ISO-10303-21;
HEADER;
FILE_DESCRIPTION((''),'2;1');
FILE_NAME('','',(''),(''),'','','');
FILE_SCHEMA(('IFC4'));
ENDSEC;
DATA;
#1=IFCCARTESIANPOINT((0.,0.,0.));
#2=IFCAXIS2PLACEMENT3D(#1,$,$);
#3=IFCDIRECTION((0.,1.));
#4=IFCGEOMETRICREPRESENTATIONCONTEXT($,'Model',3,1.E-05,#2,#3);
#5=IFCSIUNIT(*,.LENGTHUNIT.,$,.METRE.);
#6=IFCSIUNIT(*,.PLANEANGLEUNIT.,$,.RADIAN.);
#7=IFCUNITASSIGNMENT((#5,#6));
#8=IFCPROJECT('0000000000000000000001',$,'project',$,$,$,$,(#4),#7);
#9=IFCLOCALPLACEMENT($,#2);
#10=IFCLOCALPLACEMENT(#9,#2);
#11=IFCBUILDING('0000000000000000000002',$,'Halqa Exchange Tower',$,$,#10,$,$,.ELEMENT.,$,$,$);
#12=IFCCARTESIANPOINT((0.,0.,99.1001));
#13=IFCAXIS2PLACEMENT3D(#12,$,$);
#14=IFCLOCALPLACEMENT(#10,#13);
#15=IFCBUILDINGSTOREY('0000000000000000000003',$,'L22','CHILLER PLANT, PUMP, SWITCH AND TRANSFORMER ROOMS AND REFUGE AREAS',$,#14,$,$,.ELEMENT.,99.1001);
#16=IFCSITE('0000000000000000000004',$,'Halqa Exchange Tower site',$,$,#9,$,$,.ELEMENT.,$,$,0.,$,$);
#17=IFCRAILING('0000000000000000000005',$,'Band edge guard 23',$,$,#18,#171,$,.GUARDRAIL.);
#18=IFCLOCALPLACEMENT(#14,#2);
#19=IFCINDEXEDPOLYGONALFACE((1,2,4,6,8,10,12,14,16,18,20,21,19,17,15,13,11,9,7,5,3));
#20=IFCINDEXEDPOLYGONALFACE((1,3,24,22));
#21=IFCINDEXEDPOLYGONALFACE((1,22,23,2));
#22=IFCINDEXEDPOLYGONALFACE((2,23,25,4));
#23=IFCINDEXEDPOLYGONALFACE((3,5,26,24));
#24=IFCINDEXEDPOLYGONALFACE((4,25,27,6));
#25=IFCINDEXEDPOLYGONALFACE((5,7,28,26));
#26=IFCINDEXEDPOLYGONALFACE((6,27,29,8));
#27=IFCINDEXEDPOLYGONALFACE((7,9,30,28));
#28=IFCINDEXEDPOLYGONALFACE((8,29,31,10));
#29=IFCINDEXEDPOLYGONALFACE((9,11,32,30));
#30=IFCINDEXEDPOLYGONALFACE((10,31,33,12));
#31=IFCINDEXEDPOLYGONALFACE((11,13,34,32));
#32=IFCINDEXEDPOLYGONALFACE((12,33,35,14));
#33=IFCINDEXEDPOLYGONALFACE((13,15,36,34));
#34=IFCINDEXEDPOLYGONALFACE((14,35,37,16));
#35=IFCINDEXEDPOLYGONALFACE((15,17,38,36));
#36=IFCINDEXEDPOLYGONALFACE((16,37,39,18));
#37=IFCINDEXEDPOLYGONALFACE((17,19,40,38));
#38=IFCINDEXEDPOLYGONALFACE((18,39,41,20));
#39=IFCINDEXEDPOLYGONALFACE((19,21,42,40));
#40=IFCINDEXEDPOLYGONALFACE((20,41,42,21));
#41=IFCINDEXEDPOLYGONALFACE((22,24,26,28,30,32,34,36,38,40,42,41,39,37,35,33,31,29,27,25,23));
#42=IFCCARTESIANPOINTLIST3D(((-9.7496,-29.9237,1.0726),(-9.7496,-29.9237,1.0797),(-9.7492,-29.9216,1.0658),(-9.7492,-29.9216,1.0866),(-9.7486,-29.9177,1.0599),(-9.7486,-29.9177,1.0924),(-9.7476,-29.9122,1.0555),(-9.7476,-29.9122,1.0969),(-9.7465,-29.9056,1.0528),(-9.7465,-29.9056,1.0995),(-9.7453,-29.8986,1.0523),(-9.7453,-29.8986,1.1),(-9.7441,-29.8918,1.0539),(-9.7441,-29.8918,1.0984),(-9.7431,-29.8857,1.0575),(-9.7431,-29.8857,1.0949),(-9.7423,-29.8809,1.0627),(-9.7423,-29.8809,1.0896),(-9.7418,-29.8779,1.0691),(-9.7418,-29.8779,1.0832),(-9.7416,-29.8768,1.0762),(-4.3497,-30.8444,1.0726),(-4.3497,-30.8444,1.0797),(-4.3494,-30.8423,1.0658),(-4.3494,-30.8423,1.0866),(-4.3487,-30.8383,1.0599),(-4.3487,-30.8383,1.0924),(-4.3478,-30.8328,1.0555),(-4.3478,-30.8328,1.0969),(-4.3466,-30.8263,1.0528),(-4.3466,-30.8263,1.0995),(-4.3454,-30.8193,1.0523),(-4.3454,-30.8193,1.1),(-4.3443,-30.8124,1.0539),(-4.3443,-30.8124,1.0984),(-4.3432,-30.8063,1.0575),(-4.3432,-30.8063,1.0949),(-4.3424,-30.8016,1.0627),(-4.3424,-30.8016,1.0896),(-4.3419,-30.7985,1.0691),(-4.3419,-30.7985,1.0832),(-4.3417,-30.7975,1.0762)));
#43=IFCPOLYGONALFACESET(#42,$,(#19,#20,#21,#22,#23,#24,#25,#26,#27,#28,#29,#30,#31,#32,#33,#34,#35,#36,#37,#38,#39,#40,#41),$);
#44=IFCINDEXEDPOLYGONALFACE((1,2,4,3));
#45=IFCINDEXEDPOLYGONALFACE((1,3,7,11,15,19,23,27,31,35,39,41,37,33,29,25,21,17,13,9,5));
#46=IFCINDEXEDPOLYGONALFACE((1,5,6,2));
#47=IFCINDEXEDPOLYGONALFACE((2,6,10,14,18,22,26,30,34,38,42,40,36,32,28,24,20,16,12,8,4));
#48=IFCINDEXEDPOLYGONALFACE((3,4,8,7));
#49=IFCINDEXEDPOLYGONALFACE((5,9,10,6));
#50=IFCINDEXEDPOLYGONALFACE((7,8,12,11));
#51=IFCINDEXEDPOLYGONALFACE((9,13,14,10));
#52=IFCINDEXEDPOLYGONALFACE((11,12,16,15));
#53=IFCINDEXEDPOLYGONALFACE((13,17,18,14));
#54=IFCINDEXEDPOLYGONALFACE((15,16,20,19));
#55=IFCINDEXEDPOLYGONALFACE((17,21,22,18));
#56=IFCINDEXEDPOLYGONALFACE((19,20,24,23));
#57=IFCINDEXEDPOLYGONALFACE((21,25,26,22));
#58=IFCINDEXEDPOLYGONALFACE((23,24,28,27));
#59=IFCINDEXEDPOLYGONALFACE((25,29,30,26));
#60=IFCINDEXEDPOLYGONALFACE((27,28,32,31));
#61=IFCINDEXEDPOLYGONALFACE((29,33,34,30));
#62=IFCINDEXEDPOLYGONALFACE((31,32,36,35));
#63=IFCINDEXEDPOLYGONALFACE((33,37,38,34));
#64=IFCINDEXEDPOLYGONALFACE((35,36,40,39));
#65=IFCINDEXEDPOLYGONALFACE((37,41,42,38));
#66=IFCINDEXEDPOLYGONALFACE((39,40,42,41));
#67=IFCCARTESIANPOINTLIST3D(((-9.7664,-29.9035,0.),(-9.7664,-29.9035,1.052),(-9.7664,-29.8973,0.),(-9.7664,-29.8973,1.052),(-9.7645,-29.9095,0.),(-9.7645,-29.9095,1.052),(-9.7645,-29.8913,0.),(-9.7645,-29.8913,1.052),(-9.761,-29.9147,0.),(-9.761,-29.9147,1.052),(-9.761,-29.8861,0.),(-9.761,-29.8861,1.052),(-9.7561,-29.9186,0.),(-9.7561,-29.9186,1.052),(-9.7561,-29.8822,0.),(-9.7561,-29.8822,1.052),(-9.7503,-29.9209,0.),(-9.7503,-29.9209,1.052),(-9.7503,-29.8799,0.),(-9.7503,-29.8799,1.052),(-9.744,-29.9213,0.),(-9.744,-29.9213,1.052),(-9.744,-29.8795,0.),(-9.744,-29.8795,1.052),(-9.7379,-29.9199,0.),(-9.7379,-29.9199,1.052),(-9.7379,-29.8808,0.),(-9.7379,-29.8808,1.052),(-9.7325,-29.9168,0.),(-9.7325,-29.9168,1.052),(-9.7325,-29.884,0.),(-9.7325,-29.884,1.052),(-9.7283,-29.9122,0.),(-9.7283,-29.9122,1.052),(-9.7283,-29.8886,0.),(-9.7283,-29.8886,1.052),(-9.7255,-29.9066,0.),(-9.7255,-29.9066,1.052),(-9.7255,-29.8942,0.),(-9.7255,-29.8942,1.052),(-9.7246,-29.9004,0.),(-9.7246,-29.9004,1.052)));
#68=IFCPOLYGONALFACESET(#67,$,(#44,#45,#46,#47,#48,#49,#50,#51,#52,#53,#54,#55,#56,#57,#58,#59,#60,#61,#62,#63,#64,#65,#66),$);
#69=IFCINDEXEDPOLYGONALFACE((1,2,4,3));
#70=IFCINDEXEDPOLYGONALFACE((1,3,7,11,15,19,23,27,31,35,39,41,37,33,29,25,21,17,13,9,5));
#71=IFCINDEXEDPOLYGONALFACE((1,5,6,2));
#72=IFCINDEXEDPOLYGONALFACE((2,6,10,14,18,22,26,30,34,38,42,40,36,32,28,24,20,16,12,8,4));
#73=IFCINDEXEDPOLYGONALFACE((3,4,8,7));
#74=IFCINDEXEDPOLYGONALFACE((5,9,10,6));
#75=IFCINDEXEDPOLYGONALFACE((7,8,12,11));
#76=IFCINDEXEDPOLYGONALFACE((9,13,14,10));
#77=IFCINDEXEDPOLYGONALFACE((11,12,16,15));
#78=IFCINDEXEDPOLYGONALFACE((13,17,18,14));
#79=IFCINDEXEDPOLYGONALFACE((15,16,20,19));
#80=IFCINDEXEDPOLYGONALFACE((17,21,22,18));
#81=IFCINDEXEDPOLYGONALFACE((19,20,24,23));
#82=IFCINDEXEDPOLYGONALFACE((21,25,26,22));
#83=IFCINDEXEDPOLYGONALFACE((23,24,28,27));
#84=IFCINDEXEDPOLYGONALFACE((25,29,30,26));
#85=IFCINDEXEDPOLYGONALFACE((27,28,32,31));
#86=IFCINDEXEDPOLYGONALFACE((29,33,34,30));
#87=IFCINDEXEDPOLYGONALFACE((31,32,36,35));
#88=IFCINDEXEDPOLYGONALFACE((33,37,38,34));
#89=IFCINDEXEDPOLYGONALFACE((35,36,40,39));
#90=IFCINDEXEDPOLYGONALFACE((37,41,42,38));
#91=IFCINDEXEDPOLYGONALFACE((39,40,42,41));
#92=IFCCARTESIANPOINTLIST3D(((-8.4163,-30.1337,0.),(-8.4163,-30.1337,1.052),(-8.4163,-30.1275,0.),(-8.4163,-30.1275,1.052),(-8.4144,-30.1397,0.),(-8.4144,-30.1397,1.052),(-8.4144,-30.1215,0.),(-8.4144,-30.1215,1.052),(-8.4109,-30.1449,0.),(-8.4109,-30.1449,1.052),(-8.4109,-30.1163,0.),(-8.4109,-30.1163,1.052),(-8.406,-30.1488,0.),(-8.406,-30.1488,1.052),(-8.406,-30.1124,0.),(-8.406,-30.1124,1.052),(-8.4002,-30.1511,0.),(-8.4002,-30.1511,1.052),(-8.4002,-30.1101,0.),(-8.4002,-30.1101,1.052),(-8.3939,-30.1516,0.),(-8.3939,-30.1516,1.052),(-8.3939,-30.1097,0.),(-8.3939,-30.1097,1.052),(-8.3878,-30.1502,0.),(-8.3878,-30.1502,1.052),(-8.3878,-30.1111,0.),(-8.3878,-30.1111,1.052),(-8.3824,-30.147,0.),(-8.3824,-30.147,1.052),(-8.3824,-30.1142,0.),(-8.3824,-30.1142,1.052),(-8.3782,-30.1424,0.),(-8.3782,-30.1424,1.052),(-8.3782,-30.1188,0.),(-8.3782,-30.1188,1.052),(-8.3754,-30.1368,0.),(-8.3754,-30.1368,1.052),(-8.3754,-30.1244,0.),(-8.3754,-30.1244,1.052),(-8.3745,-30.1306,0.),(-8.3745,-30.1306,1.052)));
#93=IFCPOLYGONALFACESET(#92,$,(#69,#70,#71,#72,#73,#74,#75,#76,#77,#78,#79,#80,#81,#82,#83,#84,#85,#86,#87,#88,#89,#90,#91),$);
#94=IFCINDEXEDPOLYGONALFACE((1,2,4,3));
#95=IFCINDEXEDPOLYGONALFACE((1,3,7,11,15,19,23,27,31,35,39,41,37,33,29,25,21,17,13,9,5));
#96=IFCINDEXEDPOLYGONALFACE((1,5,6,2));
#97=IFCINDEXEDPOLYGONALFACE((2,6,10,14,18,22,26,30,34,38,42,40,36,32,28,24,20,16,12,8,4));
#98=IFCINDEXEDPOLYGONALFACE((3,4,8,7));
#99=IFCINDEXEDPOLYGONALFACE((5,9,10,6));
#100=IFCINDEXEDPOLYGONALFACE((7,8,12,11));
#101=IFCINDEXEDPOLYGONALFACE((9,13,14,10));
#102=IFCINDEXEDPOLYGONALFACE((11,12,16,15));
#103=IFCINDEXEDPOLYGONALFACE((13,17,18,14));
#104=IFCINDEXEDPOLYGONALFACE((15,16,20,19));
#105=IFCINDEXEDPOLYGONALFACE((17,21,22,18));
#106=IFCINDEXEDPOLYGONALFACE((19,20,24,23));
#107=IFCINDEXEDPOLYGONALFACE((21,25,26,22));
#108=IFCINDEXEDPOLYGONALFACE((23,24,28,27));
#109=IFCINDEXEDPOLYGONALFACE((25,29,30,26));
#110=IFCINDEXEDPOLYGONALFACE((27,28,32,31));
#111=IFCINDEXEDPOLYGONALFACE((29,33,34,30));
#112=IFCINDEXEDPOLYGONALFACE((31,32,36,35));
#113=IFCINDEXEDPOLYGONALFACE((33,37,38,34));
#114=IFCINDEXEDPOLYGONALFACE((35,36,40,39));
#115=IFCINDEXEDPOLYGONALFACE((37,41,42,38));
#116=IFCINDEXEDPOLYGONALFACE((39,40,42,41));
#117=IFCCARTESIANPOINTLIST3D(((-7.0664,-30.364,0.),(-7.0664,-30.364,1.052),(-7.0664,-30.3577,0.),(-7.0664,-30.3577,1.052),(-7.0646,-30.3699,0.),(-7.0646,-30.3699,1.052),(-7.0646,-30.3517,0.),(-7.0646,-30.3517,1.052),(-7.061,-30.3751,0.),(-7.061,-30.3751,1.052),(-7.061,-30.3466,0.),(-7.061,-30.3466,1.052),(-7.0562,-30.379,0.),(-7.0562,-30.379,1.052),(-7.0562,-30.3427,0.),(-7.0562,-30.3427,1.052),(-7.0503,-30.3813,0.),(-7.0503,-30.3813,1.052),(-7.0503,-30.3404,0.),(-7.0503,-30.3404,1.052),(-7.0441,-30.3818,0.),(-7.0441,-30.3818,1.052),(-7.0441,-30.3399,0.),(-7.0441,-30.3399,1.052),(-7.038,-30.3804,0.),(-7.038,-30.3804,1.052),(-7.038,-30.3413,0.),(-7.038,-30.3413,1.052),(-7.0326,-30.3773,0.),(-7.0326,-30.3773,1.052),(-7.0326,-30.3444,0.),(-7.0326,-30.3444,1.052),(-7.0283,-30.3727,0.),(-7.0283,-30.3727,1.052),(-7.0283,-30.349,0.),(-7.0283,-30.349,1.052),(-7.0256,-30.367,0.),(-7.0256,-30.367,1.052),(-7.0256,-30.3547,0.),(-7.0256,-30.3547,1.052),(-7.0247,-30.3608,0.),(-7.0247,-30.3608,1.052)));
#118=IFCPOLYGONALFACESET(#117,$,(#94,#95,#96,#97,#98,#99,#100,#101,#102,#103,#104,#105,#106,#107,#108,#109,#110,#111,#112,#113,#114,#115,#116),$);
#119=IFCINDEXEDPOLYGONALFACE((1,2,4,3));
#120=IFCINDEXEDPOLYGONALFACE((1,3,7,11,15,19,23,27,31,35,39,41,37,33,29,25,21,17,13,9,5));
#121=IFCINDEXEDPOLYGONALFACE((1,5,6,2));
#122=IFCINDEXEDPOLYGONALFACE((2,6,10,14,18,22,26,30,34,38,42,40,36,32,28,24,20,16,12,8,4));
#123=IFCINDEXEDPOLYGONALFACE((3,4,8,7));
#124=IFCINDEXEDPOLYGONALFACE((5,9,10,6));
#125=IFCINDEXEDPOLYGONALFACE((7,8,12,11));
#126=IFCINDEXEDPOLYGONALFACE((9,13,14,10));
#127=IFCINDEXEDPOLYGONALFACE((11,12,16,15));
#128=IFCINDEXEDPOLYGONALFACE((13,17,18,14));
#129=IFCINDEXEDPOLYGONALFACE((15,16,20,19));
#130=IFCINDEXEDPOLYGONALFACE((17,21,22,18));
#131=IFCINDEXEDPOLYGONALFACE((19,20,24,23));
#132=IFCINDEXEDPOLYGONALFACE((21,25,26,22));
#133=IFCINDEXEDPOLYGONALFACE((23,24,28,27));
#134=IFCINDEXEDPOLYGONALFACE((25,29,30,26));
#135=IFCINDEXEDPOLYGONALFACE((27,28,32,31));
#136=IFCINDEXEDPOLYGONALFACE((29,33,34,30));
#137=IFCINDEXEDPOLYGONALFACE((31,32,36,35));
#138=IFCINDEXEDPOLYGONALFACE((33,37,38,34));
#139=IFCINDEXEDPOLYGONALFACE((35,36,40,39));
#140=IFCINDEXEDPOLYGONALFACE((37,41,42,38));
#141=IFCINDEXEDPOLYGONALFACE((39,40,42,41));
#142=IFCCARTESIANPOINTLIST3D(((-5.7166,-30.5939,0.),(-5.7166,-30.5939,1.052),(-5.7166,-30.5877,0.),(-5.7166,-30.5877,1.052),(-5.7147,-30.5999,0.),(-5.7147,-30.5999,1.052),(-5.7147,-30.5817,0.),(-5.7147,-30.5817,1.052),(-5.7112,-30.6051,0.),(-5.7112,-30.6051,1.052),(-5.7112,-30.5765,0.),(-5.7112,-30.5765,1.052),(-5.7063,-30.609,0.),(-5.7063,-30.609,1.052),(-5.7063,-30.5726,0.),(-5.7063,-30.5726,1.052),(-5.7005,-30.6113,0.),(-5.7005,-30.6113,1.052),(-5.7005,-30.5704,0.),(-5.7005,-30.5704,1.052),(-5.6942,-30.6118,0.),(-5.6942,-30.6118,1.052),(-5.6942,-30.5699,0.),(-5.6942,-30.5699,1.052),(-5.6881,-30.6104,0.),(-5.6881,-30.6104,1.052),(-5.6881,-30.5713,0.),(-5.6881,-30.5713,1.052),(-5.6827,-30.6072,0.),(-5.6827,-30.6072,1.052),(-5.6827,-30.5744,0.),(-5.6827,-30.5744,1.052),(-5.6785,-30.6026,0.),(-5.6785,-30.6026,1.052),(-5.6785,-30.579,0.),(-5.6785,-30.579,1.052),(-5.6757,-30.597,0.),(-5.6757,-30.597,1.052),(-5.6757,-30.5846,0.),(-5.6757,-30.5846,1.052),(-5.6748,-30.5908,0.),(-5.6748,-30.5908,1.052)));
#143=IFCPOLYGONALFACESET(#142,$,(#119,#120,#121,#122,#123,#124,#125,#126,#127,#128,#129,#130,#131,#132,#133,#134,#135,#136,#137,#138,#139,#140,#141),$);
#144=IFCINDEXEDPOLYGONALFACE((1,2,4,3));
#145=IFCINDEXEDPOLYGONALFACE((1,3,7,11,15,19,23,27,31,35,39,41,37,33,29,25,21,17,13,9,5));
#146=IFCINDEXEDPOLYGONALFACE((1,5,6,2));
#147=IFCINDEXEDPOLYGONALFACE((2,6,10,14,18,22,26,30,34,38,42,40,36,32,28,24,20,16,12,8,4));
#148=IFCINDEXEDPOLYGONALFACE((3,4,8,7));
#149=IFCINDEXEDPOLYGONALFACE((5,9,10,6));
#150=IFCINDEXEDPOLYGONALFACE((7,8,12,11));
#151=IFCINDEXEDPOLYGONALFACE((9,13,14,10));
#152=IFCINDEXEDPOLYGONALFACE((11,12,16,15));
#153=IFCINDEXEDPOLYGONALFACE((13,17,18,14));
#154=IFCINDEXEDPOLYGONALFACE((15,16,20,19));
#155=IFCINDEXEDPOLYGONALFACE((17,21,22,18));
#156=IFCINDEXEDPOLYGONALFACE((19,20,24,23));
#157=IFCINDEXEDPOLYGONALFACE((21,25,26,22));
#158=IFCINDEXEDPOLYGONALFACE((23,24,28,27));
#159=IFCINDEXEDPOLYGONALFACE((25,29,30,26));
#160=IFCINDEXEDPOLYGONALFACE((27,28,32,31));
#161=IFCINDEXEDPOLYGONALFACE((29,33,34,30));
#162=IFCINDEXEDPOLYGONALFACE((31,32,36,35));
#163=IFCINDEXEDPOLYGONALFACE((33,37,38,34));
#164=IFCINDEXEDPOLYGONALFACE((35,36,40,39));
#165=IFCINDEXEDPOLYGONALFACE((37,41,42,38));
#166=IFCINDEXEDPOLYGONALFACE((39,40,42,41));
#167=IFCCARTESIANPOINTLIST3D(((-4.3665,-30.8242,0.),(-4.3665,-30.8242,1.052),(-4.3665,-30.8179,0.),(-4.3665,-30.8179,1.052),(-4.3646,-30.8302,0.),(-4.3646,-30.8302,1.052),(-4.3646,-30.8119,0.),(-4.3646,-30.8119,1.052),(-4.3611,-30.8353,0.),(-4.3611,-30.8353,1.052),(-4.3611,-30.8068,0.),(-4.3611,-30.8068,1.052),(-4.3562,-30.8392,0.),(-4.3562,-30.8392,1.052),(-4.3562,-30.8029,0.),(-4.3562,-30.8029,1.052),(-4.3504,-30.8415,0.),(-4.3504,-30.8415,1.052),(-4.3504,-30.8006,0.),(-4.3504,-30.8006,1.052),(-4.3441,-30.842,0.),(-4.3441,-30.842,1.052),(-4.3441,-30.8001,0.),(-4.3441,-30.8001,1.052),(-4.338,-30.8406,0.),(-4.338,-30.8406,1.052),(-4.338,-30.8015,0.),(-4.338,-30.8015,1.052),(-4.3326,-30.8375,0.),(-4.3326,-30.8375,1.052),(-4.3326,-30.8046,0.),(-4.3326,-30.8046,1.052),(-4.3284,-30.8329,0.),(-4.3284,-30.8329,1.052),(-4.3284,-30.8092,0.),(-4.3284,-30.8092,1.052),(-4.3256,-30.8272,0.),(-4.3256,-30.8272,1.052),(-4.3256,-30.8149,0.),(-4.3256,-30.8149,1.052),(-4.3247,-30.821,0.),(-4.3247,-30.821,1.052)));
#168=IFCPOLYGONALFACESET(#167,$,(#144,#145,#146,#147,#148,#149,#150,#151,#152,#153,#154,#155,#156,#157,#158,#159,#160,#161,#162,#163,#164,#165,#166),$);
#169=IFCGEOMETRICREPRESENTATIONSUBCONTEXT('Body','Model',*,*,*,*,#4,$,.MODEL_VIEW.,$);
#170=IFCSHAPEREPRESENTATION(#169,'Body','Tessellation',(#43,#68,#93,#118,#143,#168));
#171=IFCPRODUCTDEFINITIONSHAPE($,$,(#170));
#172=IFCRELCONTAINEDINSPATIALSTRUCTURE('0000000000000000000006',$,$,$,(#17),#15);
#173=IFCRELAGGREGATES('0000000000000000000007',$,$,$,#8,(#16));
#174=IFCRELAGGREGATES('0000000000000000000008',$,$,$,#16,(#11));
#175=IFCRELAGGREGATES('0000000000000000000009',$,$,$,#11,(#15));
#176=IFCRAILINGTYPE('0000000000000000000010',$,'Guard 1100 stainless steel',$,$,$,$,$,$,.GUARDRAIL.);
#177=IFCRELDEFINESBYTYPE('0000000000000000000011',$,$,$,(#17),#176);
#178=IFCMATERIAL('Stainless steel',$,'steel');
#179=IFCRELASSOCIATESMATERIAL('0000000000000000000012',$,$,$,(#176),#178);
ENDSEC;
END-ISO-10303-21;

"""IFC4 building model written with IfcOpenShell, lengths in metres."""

from ifc_helpers import new_model, si_unit, direction, frame, origin, origin_2d, place, context, subcontext, project, spatial, circle, extrude, material, type_object, element, save


model = new_model("IFC4")

# Units and contexts
model_context = context("Model", 3, precision=1e-05, world=origin(), true_north=direction((0.0, 1.0)))
body_context = subcontext(model_context, "Body", "Model", "MODEL_VIEW")
ifc_project = project(units=[si_unit("LENGTHUNIT", "METRE"), si_unit("PLANEANGLEUNIT", "RADIAN")], contexts=[model_context])

# Site, building, storey
site_placement = place(None, origin())
site = spatial("IfcSite", under=ifc_project, at=site_placement, Name="Halqa Exchange Tower site", CompositionType="ELEMENT", RefElevation=0.0)
building_placement = place(site_placement, origin())
building = spatial("IfcBuilding", under=site, at=building_placement, Name="Halqa Exchange Tower", CompositionType="ELEMENT")
storey_placement = place(building_placement, frame((0.0, 0.0, 99.1001)))
storey = spatial("IfcBuildingStorey", under=building, at=storey_placement, Name="L22", Description="CHILLER PLANT, PUMP, SWITCH AND TRANSFORMER ROOMS AND REFUGE AREAS", CompositionType="ELEMENT", Elevation=99.1001)

# Railing
ifc_material_1 = material(Name="Stainless steel", Category="steel")
railing_type = type_object("IfcRailingType", Name="Guard 1100 stainless steel", PredefinedType="GUARDRAIL", material=ifc_material_1)
railing_1_placement = place(storey_placement, frame((-9.7456, -29.9004, 0.0)))
element("IfcRailing", 1, at=railing_1_placement, inside=storey, type_object=railing_type, Name="Band edge guard 23", PredefinedType="GUARDRAIL", context=body_context, shape_type="SweptSolid", body=[
    extrude(circle(Radius=0.0239, at=origin_2d()), frame((0.0, 0.0, 1.0762), z_axis=(0.985775, -0.168069, 0.0), x_axis=(0.168069, 0.985775, 0.0)), (0.0, 0.0, 1.0), 5.4778),
    extrude(circle(Radius=0.021, at=origin_2d()), origin(), (0.0, 0.0, 1.0), 1.052),
    extrude(circle(Radius=0.021, at=origin_2d()), frame((1.3501, -0.2302, 0.0)), (0.0, 0.0, 1.0), 1.052),
    extrude(circle(Radius=0.021, at=origin_2d()), frame((2.7, -0.4604, 0.0)), (0.0, 0.0, 1.0), 1.052),
    extrude(circle(Radius=0.021, at=origin_2d()), frame((4.0498, -0.6904, 0.0)), (0.0, 0.0, 1.0), 1.052),
    extrude(circle(Radius=0.021, at=origin_2d()), frame((5.3999, -0.9207, 0.0)), (0.0, 0.0, 1.0), 1.052),
])

save(model, "model.ifc")
